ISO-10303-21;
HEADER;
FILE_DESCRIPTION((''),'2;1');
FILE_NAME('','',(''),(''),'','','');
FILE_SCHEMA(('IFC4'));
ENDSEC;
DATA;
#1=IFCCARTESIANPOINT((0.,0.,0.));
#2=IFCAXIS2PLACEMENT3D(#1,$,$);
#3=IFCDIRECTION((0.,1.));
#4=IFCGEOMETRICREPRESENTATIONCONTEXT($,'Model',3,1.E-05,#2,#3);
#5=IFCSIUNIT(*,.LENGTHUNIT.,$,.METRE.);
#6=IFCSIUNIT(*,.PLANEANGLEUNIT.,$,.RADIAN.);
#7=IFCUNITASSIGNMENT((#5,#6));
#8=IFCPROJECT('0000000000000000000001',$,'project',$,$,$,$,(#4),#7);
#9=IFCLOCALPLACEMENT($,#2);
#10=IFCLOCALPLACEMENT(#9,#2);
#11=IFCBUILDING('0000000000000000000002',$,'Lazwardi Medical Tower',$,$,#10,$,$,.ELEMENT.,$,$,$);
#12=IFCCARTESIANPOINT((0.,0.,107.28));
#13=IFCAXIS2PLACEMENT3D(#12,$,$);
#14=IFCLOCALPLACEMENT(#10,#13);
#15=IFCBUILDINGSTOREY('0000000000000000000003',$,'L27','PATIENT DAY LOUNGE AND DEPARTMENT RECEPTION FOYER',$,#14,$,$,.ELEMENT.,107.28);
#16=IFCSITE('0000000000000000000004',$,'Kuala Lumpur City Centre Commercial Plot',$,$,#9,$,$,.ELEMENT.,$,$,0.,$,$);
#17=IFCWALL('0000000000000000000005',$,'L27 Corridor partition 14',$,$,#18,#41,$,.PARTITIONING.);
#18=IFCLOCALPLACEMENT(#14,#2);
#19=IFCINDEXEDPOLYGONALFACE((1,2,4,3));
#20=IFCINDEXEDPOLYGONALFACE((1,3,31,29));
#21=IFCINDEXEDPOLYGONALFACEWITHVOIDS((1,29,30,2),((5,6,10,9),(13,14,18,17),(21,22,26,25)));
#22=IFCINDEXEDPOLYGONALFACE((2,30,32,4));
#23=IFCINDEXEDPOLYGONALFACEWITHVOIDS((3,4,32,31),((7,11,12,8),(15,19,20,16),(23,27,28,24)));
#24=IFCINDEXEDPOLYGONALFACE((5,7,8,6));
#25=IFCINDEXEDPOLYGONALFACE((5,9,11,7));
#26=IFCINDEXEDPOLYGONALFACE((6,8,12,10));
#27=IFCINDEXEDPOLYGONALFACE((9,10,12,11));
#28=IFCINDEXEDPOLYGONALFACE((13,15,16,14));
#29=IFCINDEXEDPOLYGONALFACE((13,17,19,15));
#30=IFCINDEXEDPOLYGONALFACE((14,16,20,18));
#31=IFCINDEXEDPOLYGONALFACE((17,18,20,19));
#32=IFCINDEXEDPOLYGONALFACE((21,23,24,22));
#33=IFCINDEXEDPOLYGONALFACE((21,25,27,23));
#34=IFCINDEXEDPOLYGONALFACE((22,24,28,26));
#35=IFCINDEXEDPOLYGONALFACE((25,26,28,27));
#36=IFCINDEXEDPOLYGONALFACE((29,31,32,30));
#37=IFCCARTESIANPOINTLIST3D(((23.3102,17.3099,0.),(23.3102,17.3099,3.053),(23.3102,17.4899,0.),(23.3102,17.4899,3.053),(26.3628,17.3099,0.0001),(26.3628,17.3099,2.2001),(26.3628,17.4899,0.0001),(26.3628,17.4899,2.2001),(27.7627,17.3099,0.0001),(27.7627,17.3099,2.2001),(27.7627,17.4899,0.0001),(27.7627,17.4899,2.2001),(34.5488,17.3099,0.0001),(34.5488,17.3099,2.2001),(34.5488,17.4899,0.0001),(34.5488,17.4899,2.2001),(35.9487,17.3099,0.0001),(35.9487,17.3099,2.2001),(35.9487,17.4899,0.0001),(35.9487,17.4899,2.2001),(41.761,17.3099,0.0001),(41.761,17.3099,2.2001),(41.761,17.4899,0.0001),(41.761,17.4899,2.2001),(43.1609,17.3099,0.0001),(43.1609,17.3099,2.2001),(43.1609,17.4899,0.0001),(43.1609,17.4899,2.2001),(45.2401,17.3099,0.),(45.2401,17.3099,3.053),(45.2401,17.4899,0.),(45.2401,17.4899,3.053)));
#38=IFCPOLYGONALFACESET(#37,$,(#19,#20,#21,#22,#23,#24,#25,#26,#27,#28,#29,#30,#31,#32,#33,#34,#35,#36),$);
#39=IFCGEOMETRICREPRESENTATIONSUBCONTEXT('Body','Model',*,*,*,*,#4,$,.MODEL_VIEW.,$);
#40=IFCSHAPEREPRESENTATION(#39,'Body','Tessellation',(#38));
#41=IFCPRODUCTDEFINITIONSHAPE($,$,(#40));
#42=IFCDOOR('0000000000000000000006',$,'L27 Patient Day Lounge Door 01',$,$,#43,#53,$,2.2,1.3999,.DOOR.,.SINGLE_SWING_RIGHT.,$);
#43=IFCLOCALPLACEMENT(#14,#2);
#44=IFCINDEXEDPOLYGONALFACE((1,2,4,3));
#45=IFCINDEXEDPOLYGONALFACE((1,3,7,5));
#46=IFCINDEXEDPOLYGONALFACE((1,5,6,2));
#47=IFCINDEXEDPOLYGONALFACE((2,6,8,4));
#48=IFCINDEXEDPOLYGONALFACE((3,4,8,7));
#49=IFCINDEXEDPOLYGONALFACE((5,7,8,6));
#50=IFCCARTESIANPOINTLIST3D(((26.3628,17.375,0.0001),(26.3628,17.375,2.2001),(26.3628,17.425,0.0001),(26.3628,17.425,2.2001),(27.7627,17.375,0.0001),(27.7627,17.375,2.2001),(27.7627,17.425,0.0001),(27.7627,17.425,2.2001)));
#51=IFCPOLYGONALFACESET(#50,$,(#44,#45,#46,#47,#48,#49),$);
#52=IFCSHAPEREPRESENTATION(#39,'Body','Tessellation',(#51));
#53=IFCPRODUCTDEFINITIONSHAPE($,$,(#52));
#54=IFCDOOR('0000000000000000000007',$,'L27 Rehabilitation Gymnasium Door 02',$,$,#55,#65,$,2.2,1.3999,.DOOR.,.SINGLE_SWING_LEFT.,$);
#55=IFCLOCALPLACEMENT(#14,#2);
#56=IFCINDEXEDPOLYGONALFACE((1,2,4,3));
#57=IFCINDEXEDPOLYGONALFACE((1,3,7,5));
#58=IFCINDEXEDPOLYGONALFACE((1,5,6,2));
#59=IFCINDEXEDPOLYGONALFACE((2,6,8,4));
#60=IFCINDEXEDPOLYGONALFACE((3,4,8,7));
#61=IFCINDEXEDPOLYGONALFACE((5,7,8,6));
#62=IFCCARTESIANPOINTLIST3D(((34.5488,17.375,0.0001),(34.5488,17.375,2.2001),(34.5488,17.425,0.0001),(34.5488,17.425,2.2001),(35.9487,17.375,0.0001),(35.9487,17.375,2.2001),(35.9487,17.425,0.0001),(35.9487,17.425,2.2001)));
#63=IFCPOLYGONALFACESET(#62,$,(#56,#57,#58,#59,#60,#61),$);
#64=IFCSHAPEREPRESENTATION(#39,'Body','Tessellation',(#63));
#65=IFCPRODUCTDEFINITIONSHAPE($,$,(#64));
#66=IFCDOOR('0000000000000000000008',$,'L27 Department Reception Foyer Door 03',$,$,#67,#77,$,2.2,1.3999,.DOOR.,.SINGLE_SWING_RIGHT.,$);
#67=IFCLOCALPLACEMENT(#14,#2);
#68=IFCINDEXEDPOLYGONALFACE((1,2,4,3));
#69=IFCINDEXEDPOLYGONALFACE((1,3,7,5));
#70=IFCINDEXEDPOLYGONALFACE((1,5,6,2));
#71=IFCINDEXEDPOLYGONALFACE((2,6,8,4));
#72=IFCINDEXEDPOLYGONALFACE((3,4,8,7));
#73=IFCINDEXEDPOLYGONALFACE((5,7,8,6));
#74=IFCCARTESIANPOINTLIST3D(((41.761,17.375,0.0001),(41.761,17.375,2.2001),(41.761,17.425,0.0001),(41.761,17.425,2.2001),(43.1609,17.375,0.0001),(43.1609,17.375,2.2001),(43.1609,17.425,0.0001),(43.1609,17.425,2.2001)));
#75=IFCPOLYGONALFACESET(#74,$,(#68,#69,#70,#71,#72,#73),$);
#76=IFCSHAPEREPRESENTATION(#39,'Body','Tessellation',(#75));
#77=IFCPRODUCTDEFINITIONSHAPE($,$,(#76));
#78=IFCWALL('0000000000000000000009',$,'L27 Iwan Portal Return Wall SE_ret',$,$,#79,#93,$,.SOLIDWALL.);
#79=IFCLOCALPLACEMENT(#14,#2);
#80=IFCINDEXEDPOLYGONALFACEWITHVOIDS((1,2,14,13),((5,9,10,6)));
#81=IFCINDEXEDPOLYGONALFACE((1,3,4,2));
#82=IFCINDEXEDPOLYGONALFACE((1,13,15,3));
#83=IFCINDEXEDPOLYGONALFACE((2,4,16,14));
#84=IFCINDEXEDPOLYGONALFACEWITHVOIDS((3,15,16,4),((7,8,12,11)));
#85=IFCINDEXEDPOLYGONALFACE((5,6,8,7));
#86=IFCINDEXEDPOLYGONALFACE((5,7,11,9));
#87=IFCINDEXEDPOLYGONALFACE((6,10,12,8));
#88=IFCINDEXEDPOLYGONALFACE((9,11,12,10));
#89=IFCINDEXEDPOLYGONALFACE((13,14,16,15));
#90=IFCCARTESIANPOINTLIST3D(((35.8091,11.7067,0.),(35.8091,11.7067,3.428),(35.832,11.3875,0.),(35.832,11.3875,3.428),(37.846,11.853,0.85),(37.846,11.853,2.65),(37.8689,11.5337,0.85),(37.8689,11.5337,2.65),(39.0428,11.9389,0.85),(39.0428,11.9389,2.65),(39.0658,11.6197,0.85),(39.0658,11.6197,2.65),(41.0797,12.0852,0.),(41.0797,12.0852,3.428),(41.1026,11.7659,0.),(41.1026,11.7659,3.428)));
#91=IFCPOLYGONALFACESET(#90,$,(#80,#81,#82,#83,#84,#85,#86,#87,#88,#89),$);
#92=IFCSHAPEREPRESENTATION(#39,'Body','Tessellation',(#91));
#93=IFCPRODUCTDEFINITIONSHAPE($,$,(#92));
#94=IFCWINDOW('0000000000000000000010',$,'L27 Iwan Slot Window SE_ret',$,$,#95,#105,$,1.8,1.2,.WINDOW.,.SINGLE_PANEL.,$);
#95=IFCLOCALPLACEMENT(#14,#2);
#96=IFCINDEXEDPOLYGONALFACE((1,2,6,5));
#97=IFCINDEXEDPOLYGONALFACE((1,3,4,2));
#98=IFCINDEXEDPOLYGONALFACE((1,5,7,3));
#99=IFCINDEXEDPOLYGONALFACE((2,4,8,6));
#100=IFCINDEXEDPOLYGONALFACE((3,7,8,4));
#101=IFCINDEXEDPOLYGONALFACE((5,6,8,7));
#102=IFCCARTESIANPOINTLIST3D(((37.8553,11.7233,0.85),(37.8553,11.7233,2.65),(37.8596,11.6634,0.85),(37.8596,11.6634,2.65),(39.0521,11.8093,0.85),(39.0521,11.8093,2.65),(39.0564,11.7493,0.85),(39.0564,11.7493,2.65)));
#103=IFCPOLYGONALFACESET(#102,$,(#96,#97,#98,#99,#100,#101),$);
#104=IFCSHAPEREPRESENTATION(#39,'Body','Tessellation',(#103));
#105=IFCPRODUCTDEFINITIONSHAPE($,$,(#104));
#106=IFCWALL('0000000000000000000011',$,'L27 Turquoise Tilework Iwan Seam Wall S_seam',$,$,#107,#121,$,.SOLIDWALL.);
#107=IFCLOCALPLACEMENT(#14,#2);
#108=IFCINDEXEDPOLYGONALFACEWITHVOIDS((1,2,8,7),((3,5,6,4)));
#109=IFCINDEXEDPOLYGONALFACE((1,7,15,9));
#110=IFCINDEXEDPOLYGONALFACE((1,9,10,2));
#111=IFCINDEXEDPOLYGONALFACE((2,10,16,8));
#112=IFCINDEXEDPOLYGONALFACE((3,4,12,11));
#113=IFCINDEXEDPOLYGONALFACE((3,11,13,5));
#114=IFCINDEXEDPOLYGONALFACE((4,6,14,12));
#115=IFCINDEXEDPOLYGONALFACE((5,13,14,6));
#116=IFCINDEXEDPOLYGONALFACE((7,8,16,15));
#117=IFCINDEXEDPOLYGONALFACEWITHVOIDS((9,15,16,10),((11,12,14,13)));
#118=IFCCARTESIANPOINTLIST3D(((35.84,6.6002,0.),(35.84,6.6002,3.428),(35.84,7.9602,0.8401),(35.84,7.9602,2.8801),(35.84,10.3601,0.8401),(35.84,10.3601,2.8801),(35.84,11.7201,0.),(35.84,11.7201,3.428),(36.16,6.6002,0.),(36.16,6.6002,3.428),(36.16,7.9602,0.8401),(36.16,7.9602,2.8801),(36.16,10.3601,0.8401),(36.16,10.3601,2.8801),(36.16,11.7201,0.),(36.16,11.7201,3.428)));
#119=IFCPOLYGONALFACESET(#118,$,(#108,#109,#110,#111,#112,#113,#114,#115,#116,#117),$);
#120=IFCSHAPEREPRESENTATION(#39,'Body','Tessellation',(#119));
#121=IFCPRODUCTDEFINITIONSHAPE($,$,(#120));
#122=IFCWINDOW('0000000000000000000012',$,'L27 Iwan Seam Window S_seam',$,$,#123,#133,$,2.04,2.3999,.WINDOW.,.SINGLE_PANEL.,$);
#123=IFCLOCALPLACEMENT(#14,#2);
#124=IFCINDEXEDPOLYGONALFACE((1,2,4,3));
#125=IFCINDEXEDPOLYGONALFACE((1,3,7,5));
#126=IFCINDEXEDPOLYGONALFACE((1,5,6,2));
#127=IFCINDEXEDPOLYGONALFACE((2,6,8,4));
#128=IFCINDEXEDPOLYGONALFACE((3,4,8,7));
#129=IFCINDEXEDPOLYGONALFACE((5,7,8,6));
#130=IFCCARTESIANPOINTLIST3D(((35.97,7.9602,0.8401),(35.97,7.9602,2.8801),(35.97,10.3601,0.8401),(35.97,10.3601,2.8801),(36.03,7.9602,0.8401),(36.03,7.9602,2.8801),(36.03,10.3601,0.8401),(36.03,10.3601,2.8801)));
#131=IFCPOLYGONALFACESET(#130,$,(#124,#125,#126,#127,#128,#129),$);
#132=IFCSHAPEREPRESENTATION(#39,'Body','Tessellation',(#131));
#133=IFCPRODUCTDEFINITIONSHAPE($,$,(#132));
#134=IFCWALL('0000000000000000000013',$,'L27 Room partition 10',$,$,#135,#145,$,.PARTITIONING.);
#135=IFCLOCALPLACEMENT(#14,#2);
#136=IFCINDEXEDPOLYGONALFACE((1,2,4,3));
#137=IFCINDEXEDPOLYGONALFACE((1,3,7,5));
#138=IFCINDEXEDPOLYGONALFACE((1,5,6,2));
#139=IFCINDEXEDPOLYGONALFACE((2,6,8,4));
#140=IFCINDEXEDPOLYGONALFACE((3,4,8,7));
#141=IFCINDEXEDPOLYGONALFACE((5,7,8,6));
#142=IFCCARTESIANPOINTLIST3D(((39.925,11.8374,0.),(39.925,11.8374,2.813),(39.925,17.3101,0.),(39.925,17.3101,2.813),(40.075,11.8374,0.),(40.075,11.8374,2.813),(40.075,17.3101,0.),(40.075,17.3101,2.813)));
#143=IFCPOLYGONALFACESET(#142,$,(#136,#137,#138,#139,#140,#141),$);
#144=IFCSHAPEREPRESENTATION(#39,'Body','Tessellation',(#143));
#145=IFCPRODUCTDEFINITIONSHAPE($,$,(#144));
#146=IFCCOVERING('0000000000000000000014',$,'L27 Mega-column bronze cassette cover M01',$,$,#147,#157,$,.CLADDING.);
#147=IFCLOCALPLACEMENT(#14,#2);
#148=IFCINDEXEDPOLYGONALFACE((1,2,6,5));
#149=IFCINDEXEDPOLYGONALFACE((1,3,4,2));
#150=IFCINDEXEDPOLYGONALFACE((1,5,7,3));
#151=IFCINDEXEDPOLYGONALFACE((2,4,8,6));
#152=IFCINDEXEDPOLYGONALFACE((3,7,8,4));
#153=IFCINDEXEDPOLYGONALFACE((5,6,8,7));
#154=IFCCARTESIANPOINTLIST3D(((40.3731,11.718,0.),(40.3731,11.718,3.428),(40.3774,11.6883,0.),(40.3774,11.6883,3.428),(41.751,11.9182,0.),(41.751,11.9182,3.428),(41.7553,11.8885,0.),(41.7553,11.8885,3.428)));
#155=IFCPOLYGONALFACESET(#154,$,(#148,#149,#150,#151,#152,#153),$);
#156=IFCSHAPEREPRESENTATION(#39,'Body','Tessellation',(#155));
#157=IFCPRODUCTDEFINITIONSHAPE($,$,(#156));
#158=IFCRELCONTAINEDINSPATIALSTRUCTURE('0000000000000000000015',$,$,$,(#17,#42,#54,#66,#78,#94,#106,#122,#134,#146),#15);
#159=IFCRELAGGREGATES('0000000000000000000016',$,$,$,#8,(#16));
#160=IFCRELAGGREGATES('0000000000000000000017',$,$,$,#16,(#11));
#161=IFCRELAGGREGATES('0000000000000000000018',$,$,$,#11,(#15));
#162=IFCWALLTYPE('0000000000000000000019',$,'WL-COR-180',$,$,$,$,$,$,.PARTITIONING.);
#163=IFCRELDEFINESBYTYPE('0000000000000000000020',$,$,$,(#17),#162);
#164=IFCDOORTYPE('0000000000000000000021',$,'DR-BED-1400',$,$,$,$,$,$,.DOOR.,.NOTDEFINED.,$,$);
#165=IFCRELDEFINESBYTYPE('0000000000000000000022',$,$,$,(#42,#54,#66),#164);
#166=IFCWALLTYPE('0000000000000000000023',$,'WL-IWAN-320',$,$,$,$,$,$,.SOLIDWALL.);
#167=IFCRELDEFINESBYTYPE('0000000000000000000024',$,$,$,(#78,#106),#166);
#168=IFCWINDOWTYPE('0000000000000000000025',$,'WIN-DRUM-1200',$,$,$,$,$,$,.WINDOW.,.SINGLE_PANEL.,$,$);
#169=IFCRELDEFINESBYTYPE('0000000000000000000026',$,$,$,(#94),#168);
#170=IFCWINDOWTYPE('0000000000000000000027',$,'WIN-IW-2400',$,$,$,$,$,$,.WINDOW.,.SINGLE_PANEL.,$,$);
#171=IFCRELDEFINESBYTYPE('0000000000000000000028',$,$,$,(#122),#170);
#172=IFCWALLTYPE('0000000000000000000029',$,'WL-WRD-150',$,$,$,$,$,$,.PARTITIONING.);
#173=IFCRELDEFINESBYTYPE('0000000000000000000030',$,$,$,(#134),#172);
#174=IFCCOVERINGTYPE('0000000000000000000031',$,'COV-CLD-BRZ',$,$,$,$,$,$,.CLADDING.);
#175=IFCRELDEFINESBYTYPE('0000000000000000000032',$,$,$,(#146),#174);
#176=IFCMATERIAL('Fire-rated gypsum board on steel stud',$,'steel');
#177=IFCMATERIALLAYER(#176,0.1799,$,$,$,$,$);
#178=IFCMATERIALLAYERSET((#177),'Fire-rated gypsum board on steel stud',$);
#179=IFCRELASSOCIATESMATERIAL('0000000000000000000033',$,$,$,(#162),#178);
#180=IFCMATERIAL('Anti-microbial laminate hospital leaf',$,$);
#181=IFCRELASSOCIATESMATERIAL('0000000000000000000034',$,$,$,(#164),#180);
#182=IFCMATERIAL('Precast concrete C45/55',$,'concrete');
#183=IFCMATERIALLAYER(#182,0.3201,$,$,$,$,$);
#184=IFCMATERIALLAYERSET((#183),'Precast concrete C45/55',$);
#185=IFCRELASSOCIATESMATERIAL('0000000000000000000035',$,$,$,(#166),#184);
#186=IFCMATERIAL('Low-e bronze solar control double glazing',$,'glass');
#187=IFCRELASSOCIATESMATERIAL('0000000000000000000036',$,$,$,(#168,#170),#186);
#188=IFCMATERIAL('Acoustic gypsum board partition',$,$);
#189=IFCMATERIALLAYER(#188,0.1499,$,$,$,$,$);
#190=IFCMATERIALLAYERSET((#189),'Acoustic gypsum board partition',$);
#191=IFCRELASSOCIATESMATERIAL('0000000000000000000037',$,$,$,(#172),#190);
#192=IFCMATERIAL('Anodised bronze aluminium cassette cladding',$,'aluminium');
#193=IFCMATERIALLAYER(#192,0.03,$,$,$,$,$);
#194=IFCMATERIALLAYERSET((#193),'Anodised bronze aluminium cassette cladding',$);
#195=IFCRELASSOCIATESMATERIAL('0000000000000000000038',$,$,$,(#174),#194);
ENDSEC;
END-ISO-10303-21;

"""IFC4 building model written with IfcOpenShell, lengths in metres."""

from ifc_helpers import new_model, si_unit, direction, frame, frame_2d, origin, origin_2d, place, context, subcontext, project, spatial, rectangle, extrude, material, layer, layer_set, type_object, element, fill, save


model = new_model("IFC4")

# Units and contexts
model_context = context("Model", 3, precision=1e-05, world=origin(), true_north=direction((0.0, 1.0)))
body_context = subcontext(model_context, "Body", "Model", "MODEL_VIEW")
ifc_project = project(units=[si_unit("LENGTHUNIT", "METRE"), si_unit("PLANEANGLEUNIT", "RADIAN")], contexts=[model_context])

# Site, building, storey
site_placement = place(None, origin())
site = spatial("IfcSite", under=ifc_project, at=site_placement, Name="Kuala Lumpur City Centre Commercial Plot", CompositionType="ELEMENT", RefElevation=0.0)
building_placement = place(site_placement, origin())
building = spatial("IfcBuilding", under=site, at=building_placement, Name="Lazwardi Medical Tower", CompositionType="ELEMENT")
storey_placement = place(building_placement, frame((0.0, 0.0, 107.28)))
storey = spatial("IfcBuildingStorey", under=building, at=storey_placement, Name="L27", Description="PATIENT DAY LOUNGE AND DEPARTMENT RECEPTION FOYER", CompositionType="ELEMENT", Elevation=107.28)

# Shared definitions
ifc_material_1 = material(Name="Low-e bronze solar control double glazing", Category="glass")

# Wall, openings, doors
ifc_material_2 = material(Name="Fire-rated gypsum board on steel stud", Category="steel")
ifc_layer_1 = layer(ifc_material_2, 0.1799)
ifc_layer_set_1 = layer_set([ifc_layer_1], Name="Fire-rated gypsum board on steel stud")
wall_type_1 = type_object("IfcWallType", Name="WL-COR-180", PredefinedType="PARTITIONING", material=ifc_layer_set_1)
wall_1_placement = place(storey_placement, frame((45.24, 17.3999, 0.0), z_axis=(0.0, 0.0, 1.0), x_axis=(-1.0, 0.0, 0.0)))
wall_1 = element("IfcWall", 1, at=wall_1_placement, inside=storey, type_object=wall_type_1, Name="L27 Corridor partition 14", PredefinedType="PARTITIONING", context=body_context, shape_type="SweptSolid", body=[
    extrude(rectangle(XDim=21.9299, YDim=0.1799, at=frame_2d((10.9648, 0.0))), origin(), (0.0, 0.0, 1.0), 3.053),
])
opening_1_placement = place(wall_1_placement, frame((17.4773, 0.0, 0.0)))
opening_1 = element("IfcOpeningElement", 2, at=opening_1_placement, cuts=wall_1, PredefinedType="OPENING", context=body_context, shape_type="SweptSolid", body=[
    extrude(rectangle(XDim=1.3999, YDim=2.2, at=frame_2d((0.7, 1.1001))), frame((0.0, 0.0999, 0.0), z_axis=(0.0, -1.0, 0.0), x_axis=(1.0, 0.0, 0.0)), (0.0, 0.0, 1.0), 0.2),
])
opening_2_placement = place(wall_1_placement, frame((9.2913, 0.0, 0.0)))
opening_2 = element("IfcOpeningElement", 3, at=opening_2_placement, cuts=wall_1, PredefinedType="OPENING", context=body_context, shape_type="SweptSolid", body=[
    extrude(rectangle(XDim=1.3999, YDim=2.2, at=frame_2d((0.7, 1.1001))), frame((0.0, 0.0999, 0.0), z_axis=(0.0, -1.0, 0.0), x_axis=(1.0, 0.0, 0.0)), (0.0, 0.0, 1.0), 0.2),
])
opening_3_placement = place(wall_1_placement, frame((2.0791, 0.0, 0.0)))
opening_3 = element("IfcOpeningElement", 4, at=opening_3_placement, cuts=wall_1, PredefinedType="OPENING", context=body_context, shape_type="SweptSolid", body=[
    extrude(rectangle(XDim=1.3999, YDim=2.2, at=frame_2d((0.7, 1.1001))), frame((0.0, 0.0999, 0.0), z_axis=(0.0, -1.0, 0.0), x_axis=(1.0, 0.0, 0.0)), (0.0, 0.0, 1.0), 0.2),
])
ifc_material_3 = material(Name="Anti-microbial laminate hospital leaf")
door_type = type_object("IfcDoorType", Name="DR-BED-1400", OperationType="NOTDEFINED", PredefinedType="DOOR", material=ifc_material_3)
door_1_placement = place(opening_1_placement, origin())
door_1 = element("IfcDoor", 5, at=door_1_placement, inside=storey, type_object=door_type, Name="L27 Patient Day Lounge Door 01", OperationType="SINGLE_SWING_RIGHT", OverallHeight=2.2, OverallWidth=1.3999, PredefinedType="DOOR", context=body_context, shape_type="SweptSolid", body=[
    extrude(rectangle(XDim=1.3999, YDim=2.2, at=frame_2d((0.7, 1.1001))), frame((0.0, 0.0249, 0.0), z_axis=(0.0, -1.0, 0.0), x_axis=(1.0, 0.0, 0.0)), (0.0, 0.0, 1.0), 0.05),
])
fill(opening_1, door_1)
door_2_placement = place(opening_2_placement, origin())
door_2 = element("IfcDoor", 6, at=door_2_placement, inside=storey, type_object=door_type, Name="L27 Rehabilitation Gymnasium Door 02", OperationType="SINGLE_SWING_LEFT", OverallHeight=2.2, OverallWidth=1.3999, PredefinedType="DOOR", context=body_context, shape_type="SweptSolid", body=[
    extrude(rectangle(XDim=1.3999, YDim=2.2, at=frame_2d((0.7, 1.1001))), frame((0.0, 0.0249, 0.0), z_axis=(0.0, -1.0, 0.0), x_axis=(1.0, 0.0, 0.0)), (0.0, 0.0, 1.0), 0.05),
])
fill(opening_2, door_2)
door_3_placement = place(opening_3_placement, origin())
door_3 = element("IfcDoor", 7, at=door_3_placement, inside=storey, type_object=door_type, Name="L27 Department Reception Foyer Door 03", OperationType="SINGLE_SWING_RIGHT", OverallHeight=2.2, OverallWidth=1.3999, PredefinedType="DOOR", context=body_context, shape_type="SweptSolid", body=[
    extrude(rectangle(XDim=1.3999, YDim=2.2, at=frame_2d((0.7, 1.1001))), frame((0.0, 0.0249, 0.0), z_axis=(0.0, -1.0, 0.0), x_axis=(1.0, 0.0, 0.0)), (0.0, 0.0, 1.0), 0.05),
])
fill(opening_3, door_3)

# Walls, openings, windows
ifc_material_4 = material(Name="Precast concrete C45/55", Category="concrete")
ifc_layer_2 = layer(ifc_material_4, 0.3201)
ifc_layer_set_2 = layer_set([ifc_layer_2], Name="Precast concrete C45/55")
wall_type_2 = type_object("IfcWallType", Name="WL-IWAN-320", PredefinedType="SOLIDWALL", material=ifc_layer_set_2)
wall_2_placement = place(storey_placement, frame((35.8206, 11.5471, 0.0), z_axis=(0.0, 0.0, 1.0), x_axis=(0.997432, 0.071615, 0.0)))
wall_2 = element("IfcWall", 8, at=wall_2_placement, inside=storey, type_object=wall_type_2, Name="L27 Iwan Portal Return Wall SE_ret", PredefinedType="SOLIDWALL", context=body_context, shape_type="SweptSolid", body=[
    extrude(rectangle(XDim=5.2842, YDim=0.3201, at=frame_2d((2.6421, 0.0))), origin(), (0.0, 0.0, 1.0), 3.428),
])
opening_4_placement = place(wall_2_placement, frame((2.042, 0.0, 0.8501)))
opening_4 = element("IfcOpeningElement", 9, at=opening_4_placement, cuts=wall_2, PredefinedType="OPENING", context=body_context, shape_type="SweptSolid", body=[
    extrude(rectangle(XDim=1.2, YDim=1.8, at=frame_2d((0.6001, 0.8999))), frame((0.0, 0.1699, 0.0), z_axis=(0.0, -1.0, 0.0), x_axis=(1.0, 0.0, 0.0)), (0.0, 0.0, 1.0), 0.3401),
])
window_type_1 = type_object("IfcWindowType", Name="WIN-DRUM-1200", PartitioningType="SINGLE_PANEL", PredefinedType="WINDOW", material=ifc_material_1)
window_1_placement = place(opening_4_placement, origin())
window_1 = element("IfcWindow", 10, at=window_1_placement, inside=storey, type_object=window_type_1, Name="L27 Iwan Slot Window SE_ret", OverallHeight=1.8, OverallWidth=1.2, PartitioningType="SINGLE_PANEL", PredefinedType="WINDOW", context=body_context, shape_type="SweptSolid", body=[
    extrude(rectangle(XDim=1.2, YDim=1.8, at=frame_2d((0.6001, 0.8999))), frame((0.0, 0.03, 0.0), z_axis=(0.0, -1.0, 0.0), x_axis=(1.0, 0.0, 0.0)), (0.0, 0.0, 1.0), 0.0601),
])
fill(opening_4, window_1)
wall_3_placement = place(storey_placement, frame((36.0, 6.6001, 0.0), z_axis=(0.0, 0.0, 1.0), x_axis=(0.0, 1.0, 0.0)))
wall_3 = element("IfcWall", 11, at=wall_3_placement, inside=storey, type_object=wall_type_2, Name="L27 Turquoise Tilework Iwan Seam Wall S_seam", PredefinedType="SOLIDWALL", context=body_context, shape_type="SweptSolid", body=[
    extrude(rectangle(XDim=5.1199, YDim=0.3201, at=frame_2d((2.5601, 0.0))), origin(), (0.0, 0.0, 1.0), 3.428),
])
opening_5_placement = place(wall_3_placement, frame((1.3601, 0.0, 0.8401)))
opening_5 = element("IfcOpeningElement", 12, at=opening_5_placement, cuts=wall_3, PredefinedType="OPENING", context=body_context, shape_type="SweptSolid", body=[
    extrude(rectangle(XDim=2.3999, YDim=2.04, at=frame_2d((1.2, 1.02))), frame((0.0, 0.1699, 0.0), z_axis=(0.0, -1.0, 0.0), x_axis=(1.0, 0.0, 0.0)), (0.0, 0.0, 1.0), 0.3401),
])
window_type_2 = type_object("IfcWindowType", Name="WIN-IW-2400", PartitioningType="SINGLE_PANEL", PredefinedType="WINDOW", material=ifc_material_1)
window_2_placement = place(opening_5_placement, origin())
window_2 = element("IfcWindow", 13, at=window_2_placement, inside=storey, type_object=window_type_2, Name="L27 Iwan Seam Window S_seam", OverallHeight=2.04, OverallWidth=2.3999, PartitioningType="SINGLE_PANEL", PredefinedType="WINDOW", context=body_context, shape_type="SweptSolid", body=[
    extrude(rectangle(XDim=2.3999, YDim=2.04, at=frame_2d((1.2, 1.02))), frame((0.0, 0.03, 0.0), z_axis=(0.0, -1.0, 0.0), x_axis=(1.0, 0.0, 0.0)), (0.0, 0.0, 1.0), 0.0601),
])
fill(opening_5, window_2)

# Wall
ifc_material_5 = material(Name="Acoustic gypsum board partition")
ifc_layer_3 = layer(ifc_material_5, 0.1499)
ifc_layer_set_3 = layer_set([ifc_layer_3], Name="Acoustic gypsum board partition")
wall_type_3 = type_object("IfcWallType", Name="WL-WRD-150", PredefinedType="PARTITIONING", material=ifc_layer_set_3)
wall_4_placement = place(storey_placement, frame((40.0, 11.8374, 0.0), z_axis=(0.0, 0.0, 1.0), x_axis=(0.0, 1.0, 0.0)))
element("IfcWall", 14, at=wall_4_placement, inside=storey, type_object=wall_type_3, Name="L27 Room partition 10", PredefinedType="PARTITIONING", context=body_context, shape_type="SweptSolid", body=[
    extrude(rectangle(XDim=5.4727, YDim=0.1499, at=frame_2d((2.7363, 0.0))), origin(), (0.0, 0.0, 1.0), 2.813),
])

# Covering
ifc_material_6 = material(Name="Anodised bronze aluminium cassette cladding", Category="aluminium")
ifc_layer_4 = layer(ifc_material_6, 0.03)
ifc_layer_set_4 = layer_set([ifc_layer_4], Name="Anodised bronze aluminium cassette cladding")
covering_type_1 = type_object("IfcCoveringType", Name="COV-CLD-BRZ", PredefinedType="CLADDING", material=ifc_layer_set_4)
covering_1_placement = place(storey_placement, frame((41.0642, 11.8032, 0.0), z_axis=(0.0, 0.0, 1.0), x_axis=(0.989609, 0.143785, 0.0)))
element("IfcCovering", 15, at=covering_1_placement, inside=storey, type_object=covering_type_1, Name="L27 Mega-column bronze cassette cover M01", PredefinedType="CLADDING", context=body_context, shape_type="SweptSolid", body=[
    extrude(rectangle(XDim=1.3923, YDim=0.03, at=origin_2d()), origin(), (0.0, 0.0, 1.0), 3.428),
])

save(model, "model.ifc")
